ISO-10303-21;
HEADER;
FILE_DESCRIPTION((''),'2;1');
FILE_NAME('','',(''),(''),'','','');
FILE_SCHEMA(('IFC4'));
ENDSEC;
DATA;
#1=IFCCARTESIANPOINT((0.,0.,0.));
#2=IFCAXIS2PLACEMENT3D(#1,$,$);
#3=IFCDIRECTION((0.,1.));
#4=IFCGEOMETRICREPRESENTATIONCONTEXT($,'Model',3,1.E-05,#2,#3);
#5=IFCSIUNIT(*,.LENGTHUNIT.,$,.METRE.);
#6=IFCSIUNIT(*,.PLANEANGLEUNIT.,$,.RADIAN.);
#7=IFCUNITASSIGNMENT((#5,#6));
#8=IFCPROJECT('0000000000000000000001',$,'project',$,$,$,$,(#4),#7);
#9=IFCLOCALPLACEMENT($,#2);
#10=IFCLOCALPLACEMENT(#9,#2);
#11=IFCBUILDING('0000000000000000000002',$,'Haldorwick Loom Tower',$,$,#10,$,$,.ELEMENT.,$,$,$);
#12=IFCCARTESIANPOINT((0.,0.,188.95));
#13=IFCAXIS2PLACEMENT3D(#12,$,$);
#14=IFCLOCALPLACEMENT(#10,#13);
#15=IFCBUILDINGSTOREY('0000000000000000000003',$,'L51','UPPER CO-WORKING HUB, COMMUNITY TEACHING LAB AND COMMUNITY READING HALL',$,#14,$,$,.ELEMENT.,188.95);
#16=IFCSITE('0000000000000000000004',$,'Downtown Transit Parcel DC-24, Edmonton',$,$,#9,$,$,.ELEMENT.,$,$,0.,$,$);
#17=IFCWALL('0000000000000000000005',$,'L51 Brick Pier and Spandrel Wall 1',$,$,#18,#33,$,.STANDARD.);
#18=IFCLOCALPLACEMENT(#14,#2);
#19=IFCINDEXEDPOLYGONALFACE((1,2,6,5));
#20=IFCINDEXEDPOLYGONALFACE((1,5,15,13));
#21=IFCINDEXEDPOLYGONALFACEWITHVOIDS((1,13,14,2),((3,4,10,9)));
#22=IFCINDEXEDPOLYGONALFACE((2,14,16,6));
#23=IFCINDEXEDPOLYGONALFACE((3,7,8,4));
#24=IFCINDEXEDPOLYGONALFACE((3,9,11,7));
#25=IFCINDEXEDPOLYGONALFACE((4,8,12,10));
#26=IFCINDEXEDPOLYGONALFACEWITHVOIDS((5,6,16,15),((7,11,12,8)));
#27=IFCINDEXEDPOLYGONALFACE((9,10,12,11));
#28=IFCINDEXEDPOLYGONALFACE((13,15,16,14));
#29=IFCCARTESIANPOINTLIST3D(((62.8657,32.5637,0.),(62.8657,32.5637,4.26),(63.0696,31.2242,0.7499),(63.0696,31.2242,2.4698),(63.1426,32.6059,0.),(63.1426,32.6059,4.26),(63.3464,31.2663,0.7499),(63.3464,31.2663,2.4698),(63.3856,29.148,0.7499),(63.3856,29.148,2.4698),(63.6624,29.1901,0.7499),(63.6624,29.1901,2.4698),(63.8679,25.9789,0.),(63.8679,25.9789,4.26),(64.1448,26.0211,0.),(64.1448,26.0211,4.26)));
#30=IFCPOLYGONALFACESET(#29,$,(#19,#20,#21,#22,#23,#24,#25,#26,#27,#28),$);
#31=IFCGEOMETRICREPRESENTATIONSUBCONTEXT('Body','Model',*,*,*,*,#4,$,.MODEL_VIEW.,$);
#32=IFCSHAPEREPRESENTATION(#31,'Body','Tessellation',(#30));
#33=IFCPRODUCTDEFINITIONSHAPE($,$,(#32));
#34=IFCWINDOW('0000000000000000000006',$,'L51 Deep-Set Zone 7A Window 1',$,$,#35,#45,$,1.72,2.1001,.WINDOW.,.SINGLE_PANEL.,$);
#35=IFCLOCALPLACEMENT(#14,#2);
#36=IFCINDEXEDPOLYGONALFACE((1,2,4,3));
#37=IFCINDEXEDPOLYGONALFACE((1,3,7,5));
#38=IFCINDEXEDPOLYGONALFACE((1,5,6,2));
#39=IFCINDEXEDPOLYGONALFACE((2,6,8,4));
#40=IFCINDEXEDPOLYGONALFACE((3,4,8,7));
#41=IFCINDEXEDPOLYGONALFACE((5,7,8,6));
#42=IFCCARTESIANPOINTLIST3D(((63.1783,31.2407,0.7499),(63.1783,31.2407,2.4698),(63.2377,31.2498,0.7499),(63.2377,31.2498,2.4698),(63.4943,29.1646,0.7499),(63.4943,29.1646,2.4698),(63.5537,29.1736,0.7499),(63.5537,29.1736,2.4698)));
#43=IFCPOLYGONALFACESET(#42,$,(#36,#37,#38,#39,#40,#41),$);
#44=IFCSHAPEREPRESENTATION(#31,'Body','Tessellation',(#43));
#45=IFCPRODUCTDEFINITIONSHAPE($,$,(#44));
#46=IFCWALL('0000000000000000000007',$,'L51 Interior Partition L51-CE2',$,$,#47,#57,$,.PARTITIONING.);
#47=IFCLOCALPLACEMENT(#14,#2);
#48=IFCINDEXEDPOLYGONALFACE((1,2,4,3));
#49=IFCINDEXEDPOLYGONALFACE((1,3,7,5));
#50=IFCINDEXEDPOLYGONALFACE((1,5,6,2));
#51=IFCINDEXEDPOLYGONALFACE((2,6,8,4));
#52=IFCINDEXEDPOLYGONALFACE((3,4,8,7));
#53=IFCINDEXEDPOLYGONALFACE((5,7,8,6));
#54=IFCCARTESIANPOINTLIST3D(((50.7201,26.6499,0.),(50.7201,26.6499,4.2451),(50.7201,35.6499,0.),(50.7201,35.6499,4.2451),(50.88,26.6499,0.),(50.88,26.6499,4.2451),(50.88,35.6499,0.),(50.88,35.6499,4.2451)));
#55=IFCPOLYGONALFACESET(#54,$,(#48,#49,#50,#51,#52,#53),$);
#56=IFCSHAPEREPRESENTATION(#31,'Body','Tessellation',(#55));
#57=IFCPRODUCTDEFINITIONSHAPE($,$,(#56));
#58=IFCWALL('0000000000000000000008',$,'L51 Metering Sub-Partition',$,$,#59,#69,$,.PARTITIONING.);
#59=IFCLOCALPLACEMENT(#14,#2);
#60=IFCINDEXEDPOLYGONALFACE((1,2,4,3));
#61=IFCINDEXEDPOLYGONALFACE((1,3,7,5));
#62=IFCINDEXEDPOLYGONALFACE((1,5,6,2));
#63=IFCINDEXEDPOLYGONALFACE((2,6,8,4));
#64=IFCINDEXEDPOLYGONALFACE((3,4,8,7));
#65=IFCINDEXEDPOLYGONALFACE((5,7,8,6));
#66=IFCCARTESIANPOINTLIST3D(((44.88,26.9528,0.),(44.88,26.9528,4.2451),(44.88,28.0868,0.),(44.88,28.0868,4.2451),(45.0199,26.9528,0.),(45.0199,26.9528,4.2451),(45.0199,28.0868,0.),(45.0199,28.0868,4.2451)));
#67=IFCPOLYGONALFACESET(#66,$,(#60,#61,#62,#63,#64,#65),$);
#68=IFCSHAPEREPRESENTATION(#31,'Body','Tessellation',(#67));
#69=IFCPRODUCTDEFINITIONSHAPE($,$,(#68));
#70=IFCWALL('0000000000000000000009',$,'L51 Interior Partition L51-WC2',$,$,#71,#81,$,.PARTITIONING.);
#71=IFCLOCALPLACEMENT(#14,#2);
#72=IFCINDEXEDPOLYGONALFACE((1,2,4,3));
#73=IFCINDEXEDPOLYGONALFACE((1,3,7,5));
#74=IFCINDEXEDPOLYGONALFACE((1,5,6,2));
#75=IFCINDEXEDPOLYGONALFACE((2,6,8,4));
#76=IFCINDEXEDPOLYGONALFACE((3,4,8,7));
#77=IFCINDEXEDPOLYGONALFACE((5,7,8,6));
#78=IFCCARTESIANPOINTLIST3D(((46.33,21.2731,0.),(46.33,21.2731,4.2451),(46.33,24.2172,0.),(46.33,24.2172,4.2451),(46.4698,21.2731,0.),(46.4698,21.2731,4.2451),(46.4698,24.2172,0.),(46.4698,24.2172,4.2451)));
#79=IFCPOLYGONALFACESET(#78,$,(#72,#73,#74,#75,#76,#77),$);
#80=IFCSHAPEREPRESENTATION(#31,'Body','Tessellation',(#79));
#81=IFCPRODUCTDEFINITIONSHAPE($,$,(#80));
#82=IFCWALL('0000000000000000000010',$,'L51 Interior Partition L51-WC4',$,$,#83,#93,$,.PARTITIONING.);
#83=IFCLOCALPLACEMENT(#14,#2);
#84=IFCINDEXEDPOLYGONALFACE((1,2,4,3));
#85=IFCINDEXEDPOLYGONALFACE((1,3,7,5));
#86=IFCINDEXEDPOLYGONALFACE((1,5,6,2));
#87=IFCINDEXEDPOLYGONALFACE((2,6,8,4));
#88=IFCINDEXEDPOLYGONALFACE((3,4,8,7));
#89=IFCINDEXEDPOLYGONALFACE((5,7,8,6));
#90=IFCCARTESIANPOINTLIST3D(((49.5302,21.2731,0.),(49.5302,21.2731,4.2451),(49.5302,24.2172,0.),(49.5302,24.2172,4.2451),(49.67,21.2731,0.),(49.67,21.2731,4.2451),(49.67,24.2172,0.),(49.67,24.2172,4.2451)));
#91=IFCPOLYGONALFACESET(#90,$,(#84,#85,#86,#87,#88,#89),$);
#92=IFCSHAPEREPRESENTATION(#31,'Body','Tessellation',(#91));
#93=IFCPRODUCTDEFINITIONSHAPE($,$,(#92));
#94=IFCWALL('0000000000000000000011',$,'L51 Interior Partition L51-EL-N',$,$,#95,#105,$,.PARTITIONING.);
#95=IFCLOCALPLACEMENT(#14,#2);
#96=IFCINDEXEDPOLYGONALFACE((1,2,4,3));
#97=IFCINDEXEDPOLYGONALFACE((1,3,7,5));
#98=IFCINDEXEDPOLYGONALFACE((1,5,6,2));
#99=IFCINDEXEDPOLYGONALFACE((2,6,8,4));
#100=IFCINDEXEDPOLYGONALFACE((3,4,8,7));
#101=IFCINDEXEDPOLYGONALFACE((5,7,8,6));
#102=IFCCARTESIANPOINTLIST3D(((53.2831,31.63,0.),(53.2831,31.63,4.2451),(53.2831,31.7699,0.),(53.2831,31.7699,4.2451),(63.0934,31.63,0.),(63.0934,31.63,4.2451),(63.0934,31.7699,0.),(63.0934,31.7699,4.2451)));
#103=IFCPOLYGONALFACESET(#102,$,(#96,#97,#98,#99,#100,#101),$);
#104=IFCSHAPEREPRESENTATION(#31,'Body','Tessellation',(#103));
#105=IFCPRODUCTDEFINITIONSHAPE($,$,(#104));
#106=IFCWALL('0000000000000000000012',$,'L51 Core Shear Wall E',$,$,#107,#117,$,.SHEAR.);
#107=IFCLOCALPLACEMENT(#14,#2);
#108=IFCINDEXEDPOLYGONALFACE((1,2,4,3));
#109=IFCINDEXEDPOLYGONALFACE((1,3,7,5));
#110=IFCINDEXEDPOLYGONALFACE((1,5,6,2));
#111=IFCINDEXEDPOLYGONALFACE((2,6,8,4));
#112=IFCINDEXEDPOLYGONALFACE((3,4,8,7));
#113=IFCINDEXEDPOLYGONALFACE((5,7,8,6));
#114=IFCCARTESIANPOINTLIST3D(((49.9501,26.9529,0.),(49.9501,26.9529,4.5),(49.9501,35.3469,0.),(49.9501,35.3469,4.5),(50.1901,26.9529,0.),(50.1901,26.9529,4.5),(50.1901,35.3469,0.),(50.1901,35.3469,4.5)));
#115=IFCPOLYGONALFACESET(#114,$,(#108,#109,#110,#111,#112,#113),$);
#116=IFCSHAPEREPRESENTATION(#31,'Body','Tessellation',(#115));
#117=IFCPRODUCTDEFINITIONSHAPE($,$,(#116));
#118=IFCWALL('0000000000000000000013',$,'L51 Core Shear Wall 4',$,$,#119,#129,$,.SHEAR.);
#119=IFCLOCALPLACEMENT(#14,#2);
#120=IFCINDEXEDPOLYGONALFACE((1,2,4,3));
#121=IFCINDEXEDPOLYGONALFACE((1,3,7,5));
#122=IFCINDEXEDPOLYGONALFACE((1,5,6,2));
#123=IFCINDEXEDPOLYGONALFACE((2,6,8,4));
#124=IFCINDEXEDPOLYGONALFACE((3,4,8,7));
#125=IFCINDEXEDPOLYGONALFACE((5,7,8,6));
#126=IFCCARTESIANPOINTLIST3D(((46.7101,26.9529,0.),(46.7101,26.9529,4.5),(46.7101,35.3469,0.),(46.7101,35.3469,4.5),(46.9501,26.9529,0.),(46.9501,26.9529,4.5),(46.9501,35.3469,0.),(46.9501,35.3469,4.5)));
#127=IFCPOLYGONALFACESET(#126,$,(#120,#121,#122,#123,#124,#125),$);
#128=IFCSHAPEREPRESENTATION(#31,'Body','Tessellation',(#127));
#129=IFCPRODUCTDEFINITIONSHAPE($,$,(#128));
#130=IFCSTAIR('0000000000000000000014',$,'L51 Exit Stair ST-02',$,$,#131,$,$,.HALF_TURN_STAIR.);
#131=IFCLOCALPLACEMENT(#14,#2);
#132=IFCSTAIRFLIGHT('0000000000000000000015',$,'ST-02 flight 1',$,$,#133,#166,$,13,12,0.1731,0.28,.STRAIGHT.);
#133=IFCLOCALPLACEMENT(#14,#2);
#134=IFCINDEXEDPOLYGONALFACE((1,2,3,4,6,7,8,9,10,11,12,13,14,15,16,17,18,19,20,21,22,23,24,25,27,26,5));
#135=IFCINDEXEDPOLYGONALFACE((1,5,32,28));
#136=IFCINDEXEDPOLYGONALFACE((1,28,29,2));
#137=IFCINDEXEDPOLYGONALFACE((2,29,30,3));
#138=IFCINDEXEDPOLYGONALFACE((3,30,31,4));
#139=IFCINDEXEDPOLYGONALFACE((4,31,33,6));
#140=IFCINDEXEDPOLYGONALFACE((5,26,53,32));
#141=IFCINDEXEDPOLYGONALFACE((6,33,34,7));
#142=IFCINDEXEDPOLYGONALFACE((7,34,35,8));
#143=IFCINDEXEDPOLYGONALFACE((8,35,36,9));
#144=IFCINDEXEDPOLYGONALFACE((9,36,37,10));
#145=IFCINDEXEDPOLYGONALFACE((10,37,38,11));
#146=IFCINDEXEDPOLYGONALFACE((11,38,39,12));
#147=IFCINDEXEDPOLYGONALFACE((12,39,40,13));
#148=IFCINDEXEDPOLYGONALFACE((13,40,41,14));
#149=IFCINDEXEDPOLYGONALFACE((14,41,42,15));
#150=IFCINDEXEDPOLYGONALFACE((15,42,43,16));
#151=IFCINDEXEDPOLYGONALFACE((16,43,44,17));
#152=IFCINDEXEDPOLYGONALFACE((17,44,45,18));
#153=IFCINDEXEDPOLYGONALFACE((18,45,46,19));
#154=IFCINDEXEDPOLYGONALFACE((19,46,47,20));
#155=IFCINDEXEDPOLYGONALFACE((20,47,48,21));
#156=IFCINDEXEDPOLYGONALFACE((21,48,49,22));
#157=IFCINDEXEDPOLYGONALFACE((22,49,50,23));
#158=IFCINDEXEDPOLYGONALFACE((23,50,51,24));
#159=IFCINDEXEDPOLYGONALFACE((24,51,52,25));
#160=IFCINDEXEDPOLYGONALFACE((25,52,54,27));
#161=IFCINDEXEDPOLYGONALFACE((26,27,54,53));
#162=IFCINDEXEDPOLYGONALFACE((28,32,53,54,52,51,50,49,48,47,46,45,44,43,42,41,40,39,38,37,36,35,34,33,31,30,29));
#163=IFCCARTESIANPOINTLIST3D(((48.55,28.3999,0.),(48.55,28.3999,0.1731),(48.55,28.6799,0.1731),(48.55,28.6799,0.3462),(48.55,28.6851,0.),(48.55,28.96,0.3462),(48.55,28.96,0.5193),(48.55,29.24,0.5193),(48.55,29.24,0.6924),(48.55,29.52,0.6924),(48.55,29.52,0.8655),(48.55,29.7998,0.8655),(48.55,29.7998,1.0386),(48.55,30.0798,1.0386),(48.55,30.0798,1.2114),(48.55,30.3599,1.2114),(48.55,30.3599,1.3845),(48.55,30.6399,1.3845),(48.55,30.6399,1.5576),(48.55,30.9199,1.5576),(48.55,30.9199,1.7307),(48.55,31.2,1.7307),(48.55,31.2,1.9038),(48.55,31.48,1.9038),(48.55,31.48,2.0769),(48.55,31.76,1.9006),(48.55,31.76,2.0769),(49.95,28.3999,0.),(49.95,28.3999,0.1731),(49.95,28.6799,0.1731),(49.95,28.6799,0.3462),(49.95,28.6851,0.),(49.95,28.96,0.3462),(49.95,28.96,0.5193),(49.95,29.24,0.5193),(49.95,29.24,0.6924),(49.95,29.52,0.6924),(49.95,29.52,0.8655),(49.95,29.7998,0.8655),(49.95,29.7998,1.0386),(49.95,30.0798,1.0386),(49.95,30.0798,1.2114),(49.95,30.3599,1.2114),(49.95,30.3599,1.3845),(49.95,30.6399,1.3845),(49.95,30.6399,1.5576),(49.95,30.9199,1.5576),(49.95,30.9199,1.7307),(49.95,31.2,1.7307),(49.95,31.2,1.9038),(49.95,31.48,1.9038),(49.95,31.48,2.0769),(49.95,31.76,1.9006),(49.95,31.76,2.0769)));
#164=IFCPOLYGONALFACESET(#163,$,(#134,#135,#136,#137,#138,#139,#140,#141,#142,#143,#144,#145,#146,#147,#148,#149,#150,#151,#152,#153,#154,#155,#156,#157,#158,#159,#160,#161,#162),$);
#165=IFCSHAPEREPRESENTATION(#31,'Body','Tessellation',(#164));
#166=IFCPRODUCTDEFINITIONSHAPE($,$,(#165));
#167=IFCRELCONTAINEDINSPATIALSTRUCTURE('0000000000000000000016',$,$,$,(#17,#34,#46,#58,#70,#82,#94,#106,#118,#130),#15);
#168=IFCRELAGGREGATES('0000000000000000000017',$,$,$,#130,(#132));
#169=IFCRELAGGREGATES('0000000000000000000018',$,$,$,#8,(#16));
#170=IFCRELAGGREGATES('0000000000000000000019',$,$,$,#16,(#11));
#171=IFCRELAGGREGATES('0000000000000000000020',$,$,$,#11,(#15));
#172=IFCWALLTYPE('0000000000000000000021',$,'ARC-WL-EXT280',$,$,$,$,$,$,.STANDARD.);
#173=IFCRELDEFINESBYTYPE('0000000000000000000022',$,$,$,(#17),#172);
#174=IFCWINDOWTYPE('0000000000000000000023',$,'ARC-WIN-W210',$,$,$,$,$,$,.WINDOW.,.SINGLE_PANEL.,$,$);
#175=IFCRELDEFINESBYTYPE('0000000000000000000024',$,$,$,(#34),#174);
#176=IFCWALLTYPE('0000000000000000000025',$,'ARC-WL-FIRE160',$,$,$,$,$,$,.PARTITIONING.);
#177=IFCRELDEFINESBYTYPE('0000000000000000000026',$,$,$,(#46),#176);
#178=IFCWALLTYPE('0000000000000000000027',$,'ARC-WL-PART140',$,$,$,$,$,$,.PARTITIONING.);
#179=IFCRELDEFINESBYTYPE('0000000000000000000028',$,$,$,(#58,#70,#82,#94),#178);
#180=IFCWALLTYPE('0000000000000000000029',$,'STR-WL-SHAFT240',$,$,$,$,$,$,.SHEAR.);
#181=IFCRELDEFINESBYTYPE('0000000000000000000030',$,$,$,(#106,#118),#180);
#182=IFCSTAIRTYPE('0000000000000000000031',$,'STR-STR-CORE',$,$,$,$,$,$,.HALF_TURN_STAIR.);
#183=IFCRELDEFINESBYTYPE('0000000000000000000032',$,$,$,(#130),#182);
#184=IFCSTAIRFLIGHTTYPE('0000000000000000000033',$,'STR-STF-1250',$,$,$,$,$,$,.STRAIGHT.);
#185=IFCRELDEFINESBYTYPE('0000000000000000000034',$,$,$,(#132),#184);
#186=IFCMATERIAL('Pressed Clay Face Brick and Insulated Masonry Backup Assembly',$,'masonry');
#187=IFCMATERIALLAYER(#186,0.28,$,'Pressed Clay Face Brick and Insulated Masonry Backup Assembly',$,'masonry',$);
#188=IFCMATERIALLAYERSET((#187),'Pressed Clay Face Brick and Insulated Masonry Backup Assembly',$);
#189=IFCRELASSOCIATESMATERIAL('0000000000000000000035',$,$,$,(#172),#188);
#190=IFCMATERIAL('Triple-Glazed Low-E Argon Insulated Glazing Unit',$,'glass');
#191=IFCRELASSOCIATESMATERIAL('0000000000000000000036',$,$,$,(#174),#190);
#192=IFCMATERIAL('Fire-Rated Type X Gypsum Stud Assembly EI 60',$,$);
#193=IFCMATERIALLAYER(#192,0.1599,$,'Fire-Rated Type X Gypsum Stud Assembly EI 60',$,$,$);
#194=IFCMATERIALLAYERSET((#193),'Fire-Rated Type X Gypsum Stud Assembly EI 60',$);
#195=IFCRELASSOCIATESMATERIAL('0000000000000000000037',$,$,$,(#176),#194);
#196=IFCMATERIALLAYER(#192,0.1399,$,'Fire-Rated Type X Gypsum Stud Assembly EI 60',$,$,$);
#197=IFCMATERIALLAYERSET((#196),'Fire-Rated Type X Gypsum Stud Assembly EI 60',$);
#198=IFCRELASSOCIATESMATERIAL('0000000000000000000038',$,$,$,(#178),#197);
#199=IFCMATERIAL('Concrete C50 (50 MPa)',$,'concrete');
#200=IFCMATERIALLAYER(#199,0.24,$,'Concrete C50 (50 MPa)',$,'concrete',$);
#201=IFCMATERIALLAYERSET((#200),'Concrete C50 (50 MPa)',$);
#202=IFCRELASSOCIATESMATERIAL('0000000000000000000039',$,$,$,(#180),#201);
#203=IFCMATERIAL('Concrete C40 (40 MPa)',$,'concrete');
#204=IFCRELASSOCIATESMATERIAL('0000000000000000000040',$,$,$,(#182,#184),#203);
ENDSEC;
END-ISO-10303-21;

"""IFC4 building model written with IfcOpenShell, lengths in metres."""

from ifc_helpers import new_model, si_unit, direction, frame, frame_2d, origin, place, context, subcontext, project, spatial, polyline, rectangle, outline, extrude, material, layer, layer_set, type_object, element, fill, aggregate, save


model = new_model("IFC4")

# Units and contexts
model_context = context("Model", 3, precision=1e-05, world=origin(), true_north=direction((0.0, 1.0)))
body_context = subcontext(model_context, "Body", "Model", "MODEL_VIEW")
ifc_project = project(units=[si_unit("LENGTHUNIT", "METRE"), si_unit("PLANEANGLEUNIT", "RADIAN")], contexts=[model_context])

# Site, building, storey
site_placement = place(None, origin())
site = spatial("IfcSite", under=ifc_project, at=site_placement, Name="Downtown Transit Parcel DC-24, Edmonton", CompositionType="ELEMENT", RefElevation=0.0)
building_placement = place(site_placement, origin())
building = spatial("IfcBuilding", under=site, at=building_placement, Name="Haldorwick Loom Tower", CompositionType="ELEMENT")
storey_placement = place(building_placement, frame((0.0, 0.0, 188.95)))
storey = spatial("IfcBuildingStorey", under=building, at=storey_placement, Name="L51", Description="UPPER CO-WORKING HUB, COMMUNITY TEACHING LAB AND COMMUNITY READING HALL", CompositionType="ELEMENT", Elevation=188.95)

# Wall, opening, window
ifc_material_1 = material(Name="Pressed Clay Face Brick and Insulated Masonry Backup Assembly", Category="masonry")
ifc_layer_1 = layer(ifc_material_1, 0.28, Name="Pressed Clay Face Brick and Insulated Masonry Backup Assembly", Category="masonry")
ifc_layer_set_1 = layer_set([ifc_layer_1], Name="Pressed Clay Face Brick and Insulated Masonry Backup Assembly")
wall_type_1 = type_object("IfcWallType", Name="ARC-WL-EXT280", PredefinedType="STANDARD", material=ifc_layer_set_1)
wall_1_placement = place(storey_placement, frame((64.0063, 26.0, 0.0), z_axis=(0.0, 0.0, 1.0), x_axis=(-0.150468, 0.988615, 0.0)))
wall_1 = element("IfcWall", 1, at=wall_1_placement, inside=storey, type_object=wall_type_1, Name="L51 Brick Pier and Spandrel Wall 1", PredefinedType="STANDARD", context=body_context, shape_type="SweptSolid", body=[
    extrude(rectangle(XDim=6.6606, YDim=0.28, at=frame_2d((3.3303, 0.0))), origin(), (0.0, 0.0, 1.0), 4.26),
])
opening_placement = place(wall_1_placement, frame((3.2056, 0.0, 0.75)))
opening = element("IfcOpeningElement", 2, at=opening_placement, cuts=wall_1, PredefinedType="OPENING", context=body_context, shape_type="SweptSolid", body=[
    extrude(rectangle(XDim=2.1001, YDim=1.72, at=frame_2d((1.05, 0.8599))), frame((0.0, 0.1499, 0.0), z_axis=(0.0, -1.0, 0.0), x_axis=(1.0, 0.0, 0.0)), (0.0, 0.0, 1.0), 0.3),
])
ifc_material_2 = material(Name="Triple-Glazed Low-E Argon Insulated Glazing Unit", Category="glass")
window_type = type_object("IfcWindowType", Name="ARC-WIN-W210", PartitioningType="SINGLE_PANEL", PredefinedType="WINDOW", material=ifc_material_2)
window_placement = place(opening_placement, origin())
window = element("IfcWindow", 3, at=window_placement, inside=storey, type_object=window_type, Name="L51 Deep-Set Zone 7A Window 1", OverallHeight=1.72, OverallWidth=2.1001, PartitioningType="SINGLE_PANEL", PredefinedType="WINDOW", context=body_context, shape_type="SweptSolid", body=[
    extrude(rectangle(XDim=2.1001, YDim=1.72, at=frame_2d((1.05, 0.8599))), frame((0.0, 0.03, 0.0), z_axis=(0.0, -1.0, 0.0), x_axis=(1.0, 0.0, 0.0)), (0.0, 0.0, 1.0), 0.0601),
])
fill(opening, window)

# Walls
ifc_material_3 = material(Name="Fire-Rated Type X Gypsum Stud Assembly EI 60")
ifc_layer_2 = layer(ifc_material_3, 0.1599, Name="Fire-Rated Type X Gypsum Stud Assembly EI 60")
ifc_layer_set_2 = layer_set([ifc_layer_2], Name="Fire-Rated Type X Gypsum Stud Assembly EI 60")
wall_type_2 = type_object("IfcWallType", Name="ARC-WL-FIRE160", PredefinedType="PARTITIONING", material=ifc_layer_set_2)
wall_2_placement = place(storey_placement, frame((50.8, 26.6499, 0.0), z_axis=(0.0, 0.0, 1.0), x_axis=(0.0, 1.0, 0.0)))
element("IfcWall", 4, at=wall_2_placement, inside=storey, type_object=wall_type_2, Name="L51 Interior Partition L51-CE2", PredefinedType="PARTITIONING", context=body_context, shape_type="SweptSolid", body=[
    extrude(rectangle(XDim=9.0, YDim=0.1599, at=frame_2d((4.5, 0.0))), origin(), (0.0, 0.0, 1.0), 4.2451),
])
ifc_layer_3 = layer(ifc_material_3, 0.1399, Name="Fire-Rated Type X Gypsum Stud Assembly EI 60")
ifc_layer_set_3 = layer_set([ifc_layer_3], Name="Fire-Rated Type X Gypsum Stud Assembly EI 60")
wall_type_3 = type_object("IfcWallType", Name="ARC-WL-PART140", PredefinedType="PARTITIONING", material=ifc_layer_set_3)
wall_3_placement = place(storey_placement, frame((44.95, 26.9529, 0.0), z_axis=(0.0, 0.0, 1.0), x_axis=(0.0, 1.0, 0.0)))
element("IfcWall", 5, at=wall_3_placement, inside=storey, type_object=wall_type_3, Name="L51 Metering Sub-Partition", PredefinedType="PARTITIONING", context=body_context, shape_type="SweptSolid", body=[
    extrude(rectangle(XDim=1.134, YDim=0.1399, at=frame_2d((0.5669, 0.0))), origin(), (0.0, 0.0, 1.0), 4.2451),
])
for number, where, z_axis, x_axis, name in (
    (6, (46.3999, 21.2729, 0.0), (0.0, 0.0, 1.0), (0.0, 1.0, 0.0), "L51 Interior Partition L51-WC2"),
    (7, (49.6001, 21.2729, 0.0), (0.0, 0.0, 1.0), (0.0, 1.0, 0.0), "L51 Interior Partition L51-WC4"),
):
    element("IfcWall", number, at=place(storey_placement, frame(where, z_axis=z_axis, x_axis=x_axis)), inside=storey, type_object=wall_type_3, Name=name, PredefinedType="PARTITIONING", context=body_context, shape_type="SweptSolid", body=[
        extrude(rectangle(XDim=2.9441, YDim=0.1399, at=frame_2d((1.4722, 0.0))), origin(), (0.0, 0.0, 1.0), 4.2451),
    ])
wall_4_placement = place(storey_placement, frame((53.283, 31.7, 0.0), z_axis=(0.0, 0.0, 1.0), x_axis=(1.0, 0.0, 0.0)))
element("IfcWall", 8, at=wall_4_placement, inside=storey, type_object=wall_type_3, Name="L51 Interior Partition L51-EL-N", PredefinedType="PARTITIONING", context=body_context, shape_type="SweptSolid", body=[
    extrude(rectangle(XDim=9.8103, YDim=0.1399, at=frame_2d((4.9053, 0.0))), origin(), (0.0, 0.0, 1.0), 4.2451),
])
ifc_material_4 = material(Name="Concrete C50 (50 MPa)", Category="concrete")
ifc_layer_4 = layer(ifc_material_4, 0.24, Name="Concrete C50 (50 MPa)", Category="concrete")
ifc_layer_set_4 = layer_set([ifc_layer_4], Name="Concrete C50 (50 MPa)")
wall_type_4 = type_object("IfcWallType", Name="STR-WL-SHAFT240", PredefinedType="SHEAR", material=ifc_layer_set_4)
for number, where, z_axis, x_axis, name in (
    (9, (50.0701, 26.9529, 0.0), (0.0, 0.0, 1.0), (0.0, 1.0, 0.0), "L51 Core Shear Wall E"),
    (10, (46.8301, 26.9529, 0.0), (0.0, 0.0, 1.0), (0.0, 1.0, 0.0), "L51 Core Shear Wall 4"),
):
    element("IfcWall", number, at=place(storey_placement, frame(where, z_axis=z_axis, x_axis=x_axis)), inside=storey, type_object=wall_type_4, Name=name, PredefinedType="SHEAR", context=body_context, shape_type="SweptSolid", body=[
        extrude(rectangle(XDim=8.394, YDim=0.24, at=frame_2d((4.197, 0.0))), origin(), (0.0, 0.0, 1.0), 4.5),
    ])

# Stair, stair flight
ifc_material_5 = material(Name="Concrete C40 (40 MPa)", Category="concrete")
stair_type = type_object("IfcStairType", Name="STR-STR-CORE", PredefinedType="HALF_TURN_STAIR", material=ifc_material_5)
stair_placement = place(storey_placement, origin())
stair = element("IfcStair", 11, at=stair_placement, inside=storey, type_object=stair_type, Name="L51 Exit Stair ST-02", PredefinedType="HALF_TURN_STAIR")
stair_flight_type = type_object("IfcStairFlightType", Name="STR-STF-1250", PredefinedType="STRAIGHT", material=ifc_material_5)
stair_flight_placement = place(storey_placement, frame((49.25, 28.3999, 0.0), z_axis=(0.0, 0.0, 1.0), x_axis=(0.0, 1.0, 0.0)))
stair_flight = element("IfcStairFlight", 12, at=stair_flight_placement, type_object=stair_flight_type, Name="ST-02 flight 1", NumberOfRisers=13, NumberOfTreads=12, PredefinedType="STRAIGHT", RiserHeight=0.1731, TreadLength=0.28, context=body_context, shape_type="SweptSolid", body=[
    extrude(outline(polyline([(0.0, 0.0), (0.0, 0.1731), (0.28, 0.1731), (0.28, 0.3462), (0.5601, 0.3462), (0.5601, 0.5193), (0.8401, 0.5193), (0.8401, 0.6924), (1.1201, 0.6924), (1.1201, 0.8655), (1.3999, 0.8655), (1.3999, 1.0386), (1.6799, 1.0386), (1.6799, 1.2114), (1.96, 1.2114), (1.96, 1.3845), (2.24, 1.3845), (2.24, 1.5576), (2.52, 1.5576), (2.52, 1.7307), (2.8, 1.7307), (2.8, 1.9038), (3.0801, 1.9038), (3.0801, 2.0769), (3.3601, 2.0769), (3.3601, 2.25), (3.3601, 1.9006), (0.2852, 0.0), (0.0, 0.0)])), frame((0.0, 0.7, 0.0), z_axis=(0.0, -1.0, 0.0), x_axis=(1.0, 0.0, 0.0)), (0.0, 0.0, 1.0), 1.3999),
])
aggregate(stair, [stair_flight])

save(model, "model.ifc")
